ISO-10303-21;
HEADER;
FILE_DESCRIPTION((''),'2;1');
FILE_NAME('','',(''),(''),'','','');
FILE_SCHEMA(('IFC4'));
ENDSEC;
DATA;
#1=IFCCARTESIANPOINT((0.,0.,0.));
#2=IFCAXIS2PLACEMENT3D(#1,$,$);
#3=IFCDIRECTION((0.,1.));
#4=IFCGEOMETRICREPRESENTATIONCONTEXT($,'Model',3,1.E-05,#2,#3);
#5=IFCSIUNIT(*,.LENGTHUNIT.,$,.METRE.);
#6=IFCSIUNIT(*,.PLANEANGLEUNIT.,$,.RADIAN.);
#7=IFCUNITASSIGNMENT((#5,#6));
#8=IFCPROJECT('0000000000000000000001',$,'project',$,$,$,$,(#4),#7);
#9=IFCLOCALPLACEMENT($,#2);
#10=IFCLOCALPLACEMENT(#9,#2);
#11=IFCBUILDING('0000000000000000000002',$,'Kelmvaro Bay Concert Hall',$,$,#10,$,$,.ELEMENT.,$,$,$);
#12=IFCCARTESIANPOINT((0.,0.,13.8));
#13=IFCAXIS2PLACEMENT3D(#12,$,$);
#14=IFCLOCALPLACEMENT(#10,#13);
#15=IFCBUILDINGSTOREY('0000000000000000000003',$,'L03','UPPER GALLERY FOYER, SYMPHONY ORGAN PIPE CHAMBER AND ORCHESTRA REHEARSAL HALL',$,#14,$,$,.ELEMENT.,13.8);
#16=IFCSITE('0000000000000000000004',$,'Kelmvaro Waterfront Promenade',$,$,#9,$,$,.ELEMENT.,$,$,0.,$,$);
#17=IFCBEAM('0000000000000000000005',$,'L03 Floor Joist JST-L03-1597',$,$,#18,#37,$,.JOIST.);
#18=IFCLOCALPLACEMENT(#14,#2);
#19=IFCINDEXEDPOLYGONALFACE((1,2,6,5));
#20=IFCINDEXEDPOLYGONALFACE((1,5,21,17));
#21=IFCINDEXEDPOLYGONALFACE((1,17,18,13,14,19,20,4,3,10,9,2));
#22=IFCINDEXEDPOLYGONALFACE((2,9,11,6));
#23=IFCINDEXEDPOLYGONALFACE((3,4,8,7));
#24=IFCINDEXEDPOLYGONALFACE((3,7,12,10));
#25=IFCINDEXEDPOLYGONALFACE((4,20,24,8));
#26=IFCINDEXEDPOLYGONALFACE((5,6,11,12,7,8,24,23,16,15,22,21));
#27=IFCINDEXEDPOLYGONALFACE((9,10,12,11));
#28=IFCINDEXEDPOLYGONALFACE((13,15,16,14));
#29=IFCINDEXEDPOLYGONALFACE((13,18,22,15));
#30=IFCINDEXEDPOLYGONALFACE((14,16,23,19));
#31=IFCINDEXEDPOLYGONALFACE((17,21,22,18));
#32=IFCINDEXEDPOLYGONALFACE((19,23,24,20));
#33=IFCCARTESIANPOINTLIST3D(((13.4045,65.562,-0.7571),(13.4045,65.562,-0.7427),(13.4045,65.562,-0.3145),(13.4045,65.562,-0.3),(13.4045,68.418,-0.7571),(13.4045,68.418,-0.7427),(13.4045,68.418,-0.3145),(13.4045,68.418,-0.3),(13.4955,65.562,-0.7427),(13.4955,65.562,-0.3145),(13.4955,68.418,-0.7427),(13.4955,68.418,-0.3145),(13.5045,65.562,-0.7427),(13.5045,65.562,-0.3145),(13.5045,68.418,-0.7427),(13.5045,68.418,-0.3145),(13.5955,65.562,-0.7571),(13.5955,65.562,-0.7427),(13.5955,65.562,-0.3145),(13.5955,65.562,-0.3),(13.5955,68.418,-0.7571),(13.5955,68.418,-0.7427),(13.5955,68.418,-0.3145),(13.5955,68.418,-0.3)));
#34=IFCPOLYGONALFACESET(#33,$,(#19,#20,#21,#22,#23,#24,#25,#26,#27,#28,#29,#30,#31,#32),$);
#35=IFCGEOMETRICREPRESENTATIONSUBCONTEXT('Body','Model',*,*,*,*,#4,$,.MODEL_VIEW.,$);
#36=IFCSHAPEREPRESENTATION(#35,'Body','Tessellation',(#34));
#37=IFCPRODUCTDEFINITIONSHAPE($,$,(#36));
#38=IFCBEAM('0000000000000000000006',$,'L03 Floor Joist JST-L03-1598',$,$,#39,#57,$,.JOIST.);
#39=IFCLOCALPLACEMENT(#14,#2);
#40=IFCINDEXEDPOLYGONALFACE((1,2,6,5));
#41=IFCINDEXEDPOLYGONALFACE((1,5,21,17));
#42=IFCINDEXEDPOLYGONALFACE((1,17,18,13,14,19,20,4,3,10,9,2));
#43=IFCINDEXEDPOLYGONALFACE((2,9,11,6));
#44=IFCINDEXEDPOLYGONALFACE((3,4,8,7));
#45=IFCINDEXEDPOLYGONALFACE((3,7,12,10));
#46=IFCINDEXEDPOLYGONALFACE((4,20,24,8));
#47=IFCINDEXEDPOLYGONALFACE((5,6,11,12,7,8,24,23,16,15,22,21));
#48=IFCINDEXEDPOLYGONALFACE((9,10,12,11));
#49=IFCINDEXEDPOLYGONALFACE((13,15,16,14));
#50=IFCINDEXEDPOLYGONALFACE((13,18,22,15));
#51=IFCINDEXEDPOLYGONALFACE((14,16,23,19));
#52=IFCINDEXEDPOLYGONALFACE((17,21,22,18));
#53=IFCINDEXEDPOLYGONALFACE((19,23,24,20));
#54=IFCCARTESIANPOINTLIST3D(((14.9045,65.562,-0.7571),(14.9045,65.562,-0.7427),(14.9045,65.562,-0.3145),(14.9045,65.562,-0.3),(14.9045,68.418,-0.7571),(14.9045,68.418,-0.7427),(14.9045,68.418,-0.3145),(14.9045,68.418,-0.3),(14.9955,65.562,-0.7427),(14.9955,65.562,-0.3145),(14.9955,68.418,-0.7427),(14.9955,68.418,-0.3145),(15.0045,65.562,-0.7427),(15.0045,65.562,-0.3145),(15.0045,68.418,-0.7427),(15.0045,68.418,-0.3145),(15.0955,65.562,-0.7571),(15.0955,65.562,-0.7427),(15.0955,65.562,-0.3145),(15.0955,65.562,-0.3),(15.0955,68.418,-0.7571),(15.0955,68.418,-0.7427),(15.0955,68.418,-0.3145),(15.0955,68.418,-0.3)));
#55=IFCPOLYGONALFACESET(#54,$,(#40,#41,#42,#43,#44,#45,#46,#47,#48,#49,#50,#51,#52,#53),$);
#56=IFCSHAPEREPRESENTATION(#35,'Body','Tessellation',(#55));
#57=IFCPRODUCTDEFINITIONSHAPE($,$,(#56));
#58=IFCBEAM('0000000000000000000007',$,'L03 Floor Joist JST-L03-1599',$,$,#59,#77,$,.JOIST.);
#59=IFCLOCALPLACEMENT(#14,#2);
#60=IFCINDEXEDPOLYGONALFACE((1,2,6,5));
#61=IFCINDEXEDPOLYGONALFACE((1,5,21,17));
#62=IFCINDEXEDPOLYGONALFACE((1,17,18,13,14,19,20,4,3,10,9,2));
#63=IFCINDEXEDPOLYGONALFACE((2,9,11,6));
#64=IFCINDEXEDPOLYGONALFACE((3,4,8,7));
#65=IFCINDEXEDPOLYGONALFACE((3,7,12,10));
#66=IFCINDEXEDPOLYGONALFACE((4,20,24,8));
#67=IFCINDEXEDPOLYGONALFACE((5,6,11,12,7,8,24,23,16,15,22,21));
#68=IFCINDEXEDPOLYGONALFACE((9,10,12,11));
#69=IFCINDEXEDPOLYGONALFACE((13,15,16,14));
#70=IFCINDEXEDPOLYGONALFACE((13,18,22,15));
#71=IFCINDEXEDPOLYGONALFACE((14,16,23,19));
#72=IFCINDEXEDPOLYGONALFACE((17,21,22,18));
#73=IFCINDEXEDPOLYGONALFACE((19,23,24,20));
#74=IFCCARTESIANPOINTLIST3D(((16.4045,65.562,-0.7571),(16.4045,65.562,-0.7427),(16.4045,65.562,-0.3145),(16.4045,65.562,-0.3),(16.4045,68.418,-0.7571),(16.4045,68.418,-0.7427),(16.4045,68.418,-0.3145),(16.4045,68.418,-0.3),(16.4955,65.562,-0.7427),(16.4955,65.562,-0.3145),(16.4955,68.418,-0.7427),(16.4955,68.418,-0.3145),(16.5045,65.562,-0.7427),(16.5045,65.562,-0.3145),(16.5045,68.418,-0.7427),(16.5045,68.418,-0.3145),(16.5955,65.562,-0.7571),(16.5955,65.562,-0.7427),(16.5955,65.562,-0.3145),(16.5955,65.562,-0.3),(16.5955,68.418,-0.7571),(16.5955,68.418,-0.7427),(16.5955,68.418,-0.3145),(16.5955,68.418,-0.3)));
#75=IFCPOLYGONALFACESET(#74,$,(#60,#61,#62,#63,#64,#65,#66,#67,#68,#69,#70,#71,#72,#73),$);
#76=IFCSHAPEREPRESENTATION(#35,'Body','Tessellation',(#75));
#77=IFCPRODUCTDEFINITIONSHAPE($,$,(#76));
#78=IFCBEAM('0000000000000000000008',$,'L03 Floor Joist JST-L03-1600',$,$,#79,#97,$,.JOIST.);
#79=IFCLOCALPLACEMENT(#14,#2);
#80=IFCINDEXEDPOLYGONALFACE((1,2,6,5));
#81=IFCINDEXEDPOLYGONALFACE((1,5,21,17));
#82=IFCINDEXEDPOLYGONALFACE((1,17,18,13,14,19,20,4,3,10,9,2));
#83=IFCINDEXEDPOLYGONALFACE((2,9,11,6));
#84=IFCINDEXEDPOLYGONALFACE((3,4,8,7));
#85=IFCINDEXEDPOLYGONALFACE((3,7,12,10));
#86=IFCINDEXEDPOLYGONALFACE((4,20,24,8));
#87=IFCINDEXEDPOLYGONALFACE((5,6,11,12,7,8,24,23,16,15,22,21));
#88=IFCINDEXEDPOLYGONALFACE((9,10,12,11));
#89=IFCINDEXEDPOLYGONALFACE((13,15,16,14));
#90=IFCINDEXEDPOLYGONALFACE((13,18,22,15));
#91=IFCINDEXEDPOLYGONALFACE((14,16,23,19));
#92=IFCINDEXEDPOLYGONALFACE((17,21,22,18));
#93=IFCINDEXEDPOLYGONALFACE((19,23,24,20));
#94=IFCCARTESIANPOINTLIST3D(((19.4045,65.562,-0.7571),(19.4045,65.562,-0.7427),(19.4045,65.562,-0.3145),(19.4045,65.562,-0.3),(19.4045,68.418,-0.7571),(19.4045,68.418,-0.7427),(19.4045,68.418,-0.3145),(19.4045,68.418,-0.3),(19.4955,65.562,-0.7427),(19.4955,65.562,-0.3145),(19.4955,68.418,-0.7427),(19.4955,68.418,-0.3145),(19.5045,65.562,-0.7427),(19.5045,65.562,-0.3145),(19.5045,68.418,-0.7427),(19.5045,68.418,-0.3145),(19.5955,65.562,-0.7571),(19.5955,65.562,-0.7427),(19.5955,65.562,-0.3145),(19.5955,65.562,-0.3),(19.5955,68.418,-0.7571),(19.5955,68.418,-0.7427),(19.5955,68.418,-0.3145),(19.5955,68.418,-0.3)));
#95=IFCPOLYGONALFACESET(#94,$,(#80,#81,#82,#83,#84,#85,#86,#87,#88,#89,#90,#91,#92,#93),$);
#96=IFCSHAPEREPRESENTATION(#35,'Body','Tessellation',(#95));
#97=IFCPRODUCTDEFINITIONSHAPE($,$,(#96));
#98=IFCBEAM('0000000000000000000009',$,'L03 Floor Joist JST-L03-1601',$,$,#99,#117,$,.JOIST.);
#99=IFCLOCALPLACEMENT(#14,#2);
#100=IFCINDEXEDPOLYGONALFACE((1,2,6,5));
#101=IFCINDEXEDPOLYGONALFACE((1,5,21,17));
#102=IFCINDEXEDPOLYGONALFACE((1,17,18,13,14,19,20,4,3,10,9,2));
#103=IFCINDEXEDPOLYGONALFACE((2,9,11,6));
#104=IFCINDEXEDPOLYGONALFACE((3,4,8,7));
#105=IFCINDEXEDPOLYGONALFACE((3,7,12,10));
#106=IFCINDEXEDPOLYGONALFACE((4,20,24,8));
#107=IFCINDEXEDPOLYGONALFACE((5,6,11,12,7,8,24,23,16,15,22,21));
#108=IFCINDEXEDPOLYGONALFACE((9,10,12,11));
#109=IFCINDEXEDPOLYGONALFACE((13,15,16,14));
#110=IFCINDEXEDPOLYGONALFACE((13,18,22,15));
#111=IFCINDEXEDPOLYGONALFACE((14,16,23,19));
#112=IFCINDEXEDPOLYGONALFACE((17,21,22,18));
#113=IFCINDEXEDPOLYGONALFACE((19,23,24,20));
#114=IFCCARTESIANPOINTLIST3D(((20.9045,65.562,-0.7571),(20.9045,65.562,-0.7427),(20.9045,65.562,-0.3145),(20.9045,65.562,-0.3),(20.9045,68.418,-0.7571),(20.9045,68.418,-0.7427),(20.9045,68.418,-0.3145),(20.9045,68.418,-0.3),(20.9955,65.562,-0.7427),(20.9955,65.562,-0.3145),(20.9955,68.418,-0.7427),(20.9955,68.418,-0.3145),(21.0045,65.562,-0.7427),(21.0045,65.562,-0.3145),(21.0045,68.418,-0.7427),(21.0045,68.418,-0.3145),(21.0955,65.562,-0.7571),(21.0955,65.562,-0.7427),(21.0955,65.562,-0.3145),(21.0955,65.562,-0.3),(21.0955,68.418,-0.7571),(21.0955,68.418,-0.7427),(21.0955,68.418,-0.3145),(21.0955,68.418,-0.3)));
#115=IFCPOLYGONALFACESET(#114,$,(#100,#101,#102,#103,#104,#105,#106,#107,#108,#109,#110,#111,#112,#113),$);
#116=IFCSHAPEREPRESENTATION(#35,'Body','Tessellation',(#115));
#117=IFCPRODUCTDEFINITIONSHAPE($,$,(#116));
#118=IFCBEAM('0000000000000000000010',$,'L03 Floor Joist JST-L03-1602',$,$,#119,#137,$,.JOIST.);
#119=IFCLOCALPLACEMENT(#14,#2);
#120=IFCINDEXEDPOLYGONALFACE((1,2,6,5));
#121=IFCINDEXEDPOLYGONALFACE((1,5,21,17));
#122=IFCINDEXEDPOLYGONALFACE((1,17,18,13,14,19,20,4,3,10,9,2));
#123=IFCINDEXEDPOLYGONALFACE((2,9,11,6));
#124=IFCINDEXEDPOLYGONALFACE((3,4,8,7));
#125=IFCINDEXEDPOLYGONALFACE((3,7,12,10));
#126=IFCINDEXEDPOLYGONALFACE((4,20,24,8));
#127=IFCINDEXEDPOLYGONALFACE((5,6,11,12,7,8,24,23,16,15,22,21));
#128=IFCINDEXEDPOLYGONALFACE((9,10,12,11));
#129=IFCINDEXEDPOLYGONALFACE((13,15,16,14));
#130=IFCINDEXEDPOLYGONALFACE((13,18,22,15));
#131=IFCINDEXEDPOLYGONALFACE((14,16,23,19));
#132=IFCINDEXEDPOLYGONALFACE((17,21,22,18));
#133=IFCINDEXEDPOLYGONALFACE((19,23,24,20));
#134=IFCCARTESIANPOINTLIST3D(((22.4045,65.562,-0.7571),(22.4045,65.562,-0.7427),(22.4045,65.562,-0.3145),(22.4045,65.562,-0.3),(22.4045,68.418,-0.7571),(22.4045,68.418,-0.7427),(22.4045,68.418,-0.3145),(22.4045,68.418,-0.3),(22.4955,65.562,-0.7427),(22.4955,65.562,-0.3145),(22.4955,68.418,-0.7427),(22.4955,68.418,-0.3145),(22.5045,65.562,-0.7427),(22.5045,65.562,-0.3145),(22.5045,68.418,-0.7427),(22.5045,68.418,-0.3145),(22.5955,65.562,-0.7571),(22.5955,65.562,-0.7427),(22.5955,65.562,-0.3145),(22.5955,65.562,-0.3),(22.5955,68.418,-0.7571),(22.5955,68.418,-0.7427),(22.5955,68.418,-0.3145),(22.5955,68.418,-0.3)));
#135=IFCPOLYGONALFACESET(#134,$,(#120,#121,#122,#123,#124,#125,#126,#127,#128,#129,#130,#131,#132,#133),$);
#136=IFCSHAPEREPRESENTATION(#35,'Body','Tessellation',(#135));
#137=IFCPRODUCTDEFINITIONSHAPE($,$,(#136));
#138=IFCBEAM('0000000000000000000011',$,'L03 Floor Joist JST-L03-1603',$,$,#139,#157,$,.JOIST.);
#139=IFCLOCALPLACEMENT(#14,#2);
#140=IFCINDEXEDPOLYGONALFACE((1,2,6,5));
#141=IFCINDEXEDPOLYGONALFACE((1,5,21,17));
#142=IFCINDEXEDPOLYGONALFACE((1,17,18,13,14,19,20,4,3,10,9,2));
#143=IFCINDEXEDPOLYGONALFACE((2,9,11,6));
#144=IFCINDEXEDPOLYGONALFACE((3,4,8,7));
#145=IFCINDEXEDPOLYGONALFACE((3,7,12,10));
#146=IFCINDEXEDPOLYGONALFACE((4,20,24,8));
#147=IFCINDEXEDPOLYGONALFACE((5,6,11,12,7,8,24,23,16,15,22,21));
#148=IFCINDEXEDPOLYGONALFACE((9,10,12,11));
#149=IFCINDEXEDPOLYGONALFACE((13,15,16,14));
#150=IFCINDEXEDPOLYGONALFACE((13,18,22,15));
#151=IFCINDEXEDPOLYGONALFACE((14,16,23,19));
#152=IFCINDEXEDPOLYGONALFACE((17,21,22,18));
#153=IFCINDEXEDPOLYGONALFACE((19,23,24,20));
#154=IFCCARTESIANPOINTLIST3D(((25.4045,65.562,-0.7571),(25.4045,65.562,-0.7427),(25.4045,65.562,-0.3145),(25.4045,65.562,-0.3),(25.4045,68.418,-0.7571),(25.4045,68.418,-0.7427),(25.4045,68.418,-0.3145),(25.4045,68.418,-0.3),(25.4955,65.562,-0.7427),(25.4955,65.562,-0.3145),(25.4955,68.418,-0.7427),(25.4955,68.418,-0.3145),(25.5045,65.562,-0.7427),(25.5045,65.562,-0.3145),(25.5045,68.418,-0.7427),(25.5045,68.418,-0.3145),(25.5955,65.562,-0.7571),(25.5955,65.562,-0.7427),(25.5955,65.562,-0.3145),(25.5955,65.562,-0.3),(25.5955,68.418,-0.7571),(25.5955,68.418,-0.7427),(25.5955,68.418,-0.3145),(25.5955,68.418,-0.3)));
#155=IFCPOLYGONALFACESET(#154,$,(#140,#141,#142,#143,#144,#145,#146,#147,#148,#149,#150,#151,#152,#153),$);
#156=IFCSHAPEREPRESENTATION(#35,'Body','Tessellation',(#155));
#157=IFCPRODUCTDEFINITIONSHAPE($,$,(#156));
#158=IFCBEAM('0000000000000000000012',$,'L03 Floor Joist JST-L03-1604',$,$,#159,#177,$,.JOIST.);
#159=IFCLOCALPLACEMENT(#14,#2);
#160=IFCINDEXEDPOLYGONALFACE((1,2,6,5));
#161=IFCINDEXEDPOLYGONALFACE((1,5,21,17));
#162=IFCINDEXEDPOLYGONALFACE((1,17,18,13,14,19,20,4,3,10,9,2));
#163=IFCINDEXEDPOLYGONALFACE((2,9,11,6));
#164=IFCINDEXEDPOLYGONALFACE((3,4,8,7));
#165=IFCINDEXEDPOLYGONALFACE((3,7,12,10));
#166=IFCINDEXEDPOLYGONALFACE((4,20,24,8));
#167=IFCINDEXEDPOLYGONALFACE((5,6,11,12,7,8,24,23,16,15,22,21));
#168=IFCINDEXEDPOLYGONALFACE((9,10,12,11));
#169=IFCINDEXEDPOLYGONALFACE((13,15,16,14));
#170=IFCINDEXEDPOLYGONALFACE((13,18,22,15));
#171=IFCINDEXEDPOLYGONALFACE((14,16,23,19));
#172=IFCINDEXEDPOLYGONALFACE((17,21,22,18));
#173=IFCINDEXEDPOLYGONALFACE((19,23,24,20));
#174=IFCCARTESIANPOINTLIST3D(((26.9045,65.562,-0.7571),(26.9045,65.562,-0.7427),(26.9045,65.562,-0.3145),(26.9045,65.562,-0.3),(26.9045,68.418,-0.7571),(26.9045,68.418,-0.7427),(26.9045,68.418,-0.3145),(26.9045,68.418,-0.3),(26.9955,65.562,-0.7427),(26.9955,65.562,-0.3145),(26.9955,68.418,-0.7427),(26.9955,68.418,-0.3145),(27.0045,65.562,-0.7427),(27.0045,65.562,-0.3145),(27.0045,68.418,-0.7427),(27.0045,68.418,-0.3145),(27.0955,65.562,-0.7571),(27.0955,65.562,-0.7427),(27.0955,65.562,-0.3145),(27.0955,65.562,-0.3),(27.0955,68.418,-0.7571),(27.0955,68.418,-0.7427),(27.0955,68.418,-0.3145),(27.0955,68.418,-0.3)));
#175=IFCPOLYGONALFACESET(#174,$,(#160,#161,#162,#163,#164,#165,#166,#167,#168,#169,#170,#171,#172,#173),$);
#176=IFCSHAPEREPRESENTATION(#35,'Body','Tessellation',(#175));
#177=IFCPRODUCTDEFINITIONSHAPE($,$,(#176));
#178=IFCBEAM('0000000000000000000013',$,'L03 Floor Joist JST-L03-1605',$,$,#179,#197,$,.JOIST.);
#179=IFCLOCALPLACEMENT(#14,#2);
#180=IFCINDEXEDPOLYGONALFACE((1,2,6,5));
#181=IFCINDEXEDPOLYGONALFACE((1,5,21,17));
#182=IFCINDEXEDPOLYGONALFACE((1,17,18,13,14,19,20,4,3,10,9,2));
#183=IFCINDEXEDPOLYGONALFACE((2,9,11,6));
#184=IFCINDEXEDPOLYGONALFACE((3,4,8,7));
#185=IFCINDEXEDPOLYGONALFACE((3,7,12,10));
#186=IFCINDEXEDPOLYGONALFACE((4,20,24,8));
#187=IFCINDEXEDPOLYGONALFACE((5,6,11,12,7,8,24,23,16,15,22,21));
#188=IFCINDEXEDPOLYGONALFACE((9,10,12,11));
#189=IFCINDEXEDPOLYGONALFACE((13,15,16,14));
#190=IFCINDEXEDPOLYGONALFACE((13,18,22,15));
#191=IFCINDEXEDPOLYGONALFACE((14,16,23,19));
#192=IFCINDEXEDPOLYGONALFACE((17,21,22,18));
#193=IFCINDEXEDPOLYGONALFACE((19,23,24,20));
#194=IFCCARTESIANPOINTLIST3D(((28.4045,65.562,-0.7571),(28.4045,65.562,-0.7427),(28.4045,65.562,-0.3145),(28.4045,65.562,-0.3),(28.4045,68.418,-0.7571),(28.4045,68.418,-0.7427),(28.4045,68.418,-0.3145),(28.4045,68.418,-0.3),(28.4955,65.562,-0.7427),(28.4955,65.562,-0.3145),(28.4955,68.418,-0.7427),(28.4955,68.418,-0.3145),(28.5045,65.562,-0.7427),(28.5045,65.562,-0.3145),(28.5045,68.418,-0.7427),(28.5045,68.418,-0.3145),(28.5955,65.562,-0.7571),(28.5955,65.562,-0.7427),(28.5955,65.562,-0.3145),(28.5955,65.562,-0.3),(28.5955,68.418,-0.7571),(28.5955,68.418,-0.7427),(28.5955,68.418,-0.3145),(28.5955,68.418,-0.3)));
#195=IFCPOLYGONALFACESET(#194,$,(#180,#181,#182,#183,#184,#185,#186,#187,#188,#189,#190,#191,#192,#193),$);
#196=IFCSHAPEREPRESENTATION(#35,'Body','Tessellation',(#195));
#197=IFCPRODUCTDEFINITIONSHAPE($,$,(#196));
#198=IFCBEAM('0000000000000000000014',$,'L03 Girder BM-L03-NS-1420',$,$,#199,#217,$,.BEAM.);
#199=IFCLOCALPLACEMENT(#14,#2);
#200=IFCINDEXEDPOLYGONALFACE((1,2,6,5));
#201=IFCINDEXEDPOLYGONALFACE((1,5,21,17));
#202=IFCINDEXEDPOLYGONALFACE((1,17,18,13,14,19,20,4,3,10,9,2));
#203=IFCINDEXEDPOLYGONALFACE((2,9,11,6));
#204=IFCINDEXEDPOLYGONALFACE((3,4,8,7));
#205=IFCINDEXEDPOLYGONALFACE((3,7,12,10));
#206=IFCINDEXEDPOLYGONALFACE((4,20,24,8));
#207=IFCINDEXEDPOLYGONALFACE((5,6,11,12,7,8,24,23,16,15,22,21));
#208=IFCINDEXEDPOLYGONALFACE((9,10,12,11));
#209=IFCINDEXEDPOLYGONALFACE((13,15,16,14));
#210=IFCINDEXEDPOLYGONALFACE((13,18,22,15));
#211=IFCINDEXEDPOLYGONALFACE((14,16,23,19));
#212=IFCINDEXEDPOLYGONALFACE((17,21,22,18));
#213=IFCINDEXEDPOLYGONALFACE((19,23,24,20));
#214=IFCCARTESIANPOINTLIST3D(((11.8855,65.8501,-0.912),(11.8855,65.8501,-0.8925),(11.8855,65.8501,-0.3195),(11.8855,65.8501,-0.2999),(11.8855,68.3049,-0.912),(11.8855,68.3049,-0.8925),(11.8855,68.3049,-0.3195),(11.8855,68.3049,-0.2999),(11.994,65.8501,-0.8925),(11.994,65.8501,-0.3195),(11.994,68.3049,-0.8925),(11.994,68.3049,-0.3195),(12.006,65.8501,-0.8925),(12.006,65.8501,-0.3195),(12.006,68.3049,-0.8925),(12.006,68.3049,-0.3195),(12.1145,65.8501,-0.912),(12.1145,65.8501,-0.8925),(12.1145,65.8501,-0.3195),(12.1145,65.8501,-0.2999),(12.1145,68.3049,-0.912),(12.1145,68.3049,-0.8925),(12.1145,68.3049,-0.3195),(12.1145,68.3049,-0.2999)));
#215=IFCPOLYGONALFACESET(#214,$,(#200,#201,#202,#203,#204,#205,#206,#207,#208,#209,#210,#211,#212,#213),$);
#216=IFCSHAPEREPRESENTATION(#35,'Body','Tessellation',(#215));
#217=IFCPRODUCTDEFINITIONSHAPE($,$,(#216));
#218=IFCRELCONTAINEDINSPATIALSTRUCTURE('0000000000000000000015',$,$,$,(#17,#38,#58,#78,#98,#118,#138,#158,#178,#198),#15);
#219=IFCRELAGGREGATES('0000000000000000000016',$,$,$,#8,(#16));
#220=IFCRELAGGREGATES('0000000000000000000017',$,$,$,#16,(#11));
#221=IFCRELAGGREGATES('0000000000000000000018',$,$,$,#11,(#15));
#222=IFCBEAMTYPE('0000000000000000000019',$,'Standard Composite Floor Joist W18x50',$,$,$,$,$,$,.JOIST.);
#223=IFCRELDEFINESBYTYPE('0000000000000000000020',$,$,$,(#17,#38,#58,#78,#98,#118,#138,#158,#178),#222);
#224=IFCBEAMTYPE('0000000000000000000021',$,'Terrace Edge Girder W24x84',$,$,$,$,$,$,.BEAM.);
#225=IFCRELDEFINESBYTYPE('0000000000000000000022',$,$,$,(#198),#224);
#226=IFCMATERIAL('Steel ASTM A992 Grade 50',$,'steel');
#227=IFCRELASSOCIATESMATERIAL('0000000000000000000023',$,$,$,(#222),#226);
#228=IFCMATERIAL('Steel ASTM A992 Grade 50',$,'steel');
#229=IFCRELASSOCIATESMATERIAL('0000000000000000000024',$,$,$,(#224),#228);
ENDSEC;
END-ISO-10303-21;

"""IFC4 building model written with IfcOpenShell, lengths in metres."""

from ifc_helpers import new_model, si_unit, direction, frame, origin, origin_2d, place, context, subcontext, project, spatial, i_section, extrude, material, material_profile, profile_set, type_object, element, save


model = new_model("IFC4")

# Units and contexts
model_context = context("Model", 3, precision=1e-05, world=origin(), true_north=direction((0.0, 1.0)))
body_context = subcontext(model_context, "Body", "Model", "MODEL_VIEW")
ifc_project = project(units=[si_unit("LENGTHUNIT", "METRE"), si_unit("PLANEANGLEUNIT", "RADIAN")], contexts=[model_context])

# Site, building, storey
site_placement = place(None, origin())
site = spatial("IfcSite", under=ifc_project, at=site_placement, Name="Kelmvaro Waterfront Promenade", CompositionType="ELEMENT", RefElevation=0.0)
building_placement = place(site_placement, origin())
building = spatial("IfcBuilding", under=site, at=building_placement, Name="Kelmvaro Bay Concert Hall", CompositionType="ELEMENT")
storey_placement = place(building_placement, frame((0.0, 0.0, 13.8)))
storey = spatial("IfcBuildingStorey", under=building, at=storey_placement, Name="L03", Description="UPPER GALLERY FOYER, SYMPHONY ORGAN PIPE CHAMBER AND ORCHESTRA REHEARSAL HALL", CompositionType="ELEMENT", Elevation=13.8)

# Beams
ifc_material_1 = material(Name="Steel ASTM A992 Grade 50", Category="steel")
ifc_material_profile_1 = material_profile(ifc_material_1, i_section(OverallWidth=0.1909, OverallDepth=0.457, WebThickness=0.009, FlangeThickness=0.0144, at=origin_2d()), Name="W18X50")
ifc_profile_set_1 = profile_set([ifc_material_profile_1], Name="Steel ASTM A992 Grade 50")
beam_type_1 = type_object("IfcBeamType", Name="Standard Composite Floor Joist W18x50", PredefinedType="JOIST", material=ifc_profile_set_1)
for number, where, z_axis, x_axis, name in (
    (1, (13.5, 65.562, -0.5286), (0.0, 1.0, 0.0), (-1.0, 0.0, 0.0), "L03 Floor Joist JST-L03-1597"),
    (2, (15.0, 65.562, -0.5286), (0.0, 1.0, 0.0), (-1.0, 0.0, 0.0), "L03 Floor Joist JST-L03-1598"),
    (3, (16.5, 65.562, -0.5286), (0.0, 1.0, 0.0), (-1.0, 0.0, 0.0), "L03 Floor Joist JST-L03-1599"),
    (4, (19.5, 65.562, -0.5286), (0.0, 1.0, 0.0), (-1.0, 0.0, 0.0), "L03 Floor Joist JST-L03-1600"),
    (5, (21.0, 65.562, -0.5286), (0.0, 1.0, 0.0), (-1.0, 0.0, 0.0), "L03 Floor Joist JST-L03-1601"),
    (6, (22.5, 65.562, -0.5286), (0.0, 1.0, 0.0), (-1.0, 0.0, 0.0), "L03 Floor Joist JST-L03-1602"),
    (7, (25.5, 65.562, -0.5286), (0.0, 1.0, 0.0), (-1.0, 0.0, 0.0), "L03 Floor Joist JST-L03-1603"),
    (8, (27.0, 65.562, -0.5286), (0.0, 1.0, 0.0), (-1.0, 0.0, 0.0), "L03 Floor Joist JST-L03-1604"),
    (9, (28.5, 65.562, -0.5286), (0.0, 1.0, 0.0), (-1.0, 0.0, 0.0), "L03 Floor Joist JST-L03-1605"),
):
    element("IfcBeam", number, at=place(storey_placement, frame(where, z_axis=z_axis, x_axis=x_axis)), inside=storey, type_object=beam_type_1, Name=name, PredefinedType="JOIST", context=body_context, shape_type="SweptSolid", body=[
        extrude(i_section(OverallWidth=0.1909, OverallDepth=0.457, WebThickness=0.009, FlangeThickness=0.0144, at=origin_2d()), origin(), (0.0, 0.0, 1.0), 2.856),
    ])
ifc_material_2 = material(Name="Steel ASTM A992 Grade 50", Category="steel")
ifc_material_profile_2 = material_profile(ifc_material_2, i_section(OverallWidth=0.229, OverallDepth=0.6121, WebThickness=0.012, FlangeThickness=0.0195, at=origin_2d()), Name="W24X84")
ifc_profile_set_2 = profile_set([ifc_material_profile_2], Name="Steel ASTM A992 Grade 50")
beam_type_2 = type_object("IfcBeamType", Name="Terrace Edge Girder W24x84", PredefinedType="BEAM", material=ifc_profile_set_2)
beam_1_placement = place(storey_placement, frame((12.0, 65.8501, -0.606), z_axis=(0.0, 1.0, 0.0), x_axis=(-1.0, 0.0, 0.0)))
element("IfcBeam", 10, at=beam_1_placement, inside=storey, type_object=beam_type_2, Name="L03 Girder BM-L03-NS-1420", PredefinedType="BEAM", context=body_context, shape_type="SweptSolid", body=[
    extrude(i_section(OverallWidth=0.229, OverallDepth=0.6121, WebThickness=0.012, FlangeThickness=0.0195, at=origin_2d()), origin(), (0.0, 0.0, 1.0), 2.4548),
])

save(model, "model.ifc")
